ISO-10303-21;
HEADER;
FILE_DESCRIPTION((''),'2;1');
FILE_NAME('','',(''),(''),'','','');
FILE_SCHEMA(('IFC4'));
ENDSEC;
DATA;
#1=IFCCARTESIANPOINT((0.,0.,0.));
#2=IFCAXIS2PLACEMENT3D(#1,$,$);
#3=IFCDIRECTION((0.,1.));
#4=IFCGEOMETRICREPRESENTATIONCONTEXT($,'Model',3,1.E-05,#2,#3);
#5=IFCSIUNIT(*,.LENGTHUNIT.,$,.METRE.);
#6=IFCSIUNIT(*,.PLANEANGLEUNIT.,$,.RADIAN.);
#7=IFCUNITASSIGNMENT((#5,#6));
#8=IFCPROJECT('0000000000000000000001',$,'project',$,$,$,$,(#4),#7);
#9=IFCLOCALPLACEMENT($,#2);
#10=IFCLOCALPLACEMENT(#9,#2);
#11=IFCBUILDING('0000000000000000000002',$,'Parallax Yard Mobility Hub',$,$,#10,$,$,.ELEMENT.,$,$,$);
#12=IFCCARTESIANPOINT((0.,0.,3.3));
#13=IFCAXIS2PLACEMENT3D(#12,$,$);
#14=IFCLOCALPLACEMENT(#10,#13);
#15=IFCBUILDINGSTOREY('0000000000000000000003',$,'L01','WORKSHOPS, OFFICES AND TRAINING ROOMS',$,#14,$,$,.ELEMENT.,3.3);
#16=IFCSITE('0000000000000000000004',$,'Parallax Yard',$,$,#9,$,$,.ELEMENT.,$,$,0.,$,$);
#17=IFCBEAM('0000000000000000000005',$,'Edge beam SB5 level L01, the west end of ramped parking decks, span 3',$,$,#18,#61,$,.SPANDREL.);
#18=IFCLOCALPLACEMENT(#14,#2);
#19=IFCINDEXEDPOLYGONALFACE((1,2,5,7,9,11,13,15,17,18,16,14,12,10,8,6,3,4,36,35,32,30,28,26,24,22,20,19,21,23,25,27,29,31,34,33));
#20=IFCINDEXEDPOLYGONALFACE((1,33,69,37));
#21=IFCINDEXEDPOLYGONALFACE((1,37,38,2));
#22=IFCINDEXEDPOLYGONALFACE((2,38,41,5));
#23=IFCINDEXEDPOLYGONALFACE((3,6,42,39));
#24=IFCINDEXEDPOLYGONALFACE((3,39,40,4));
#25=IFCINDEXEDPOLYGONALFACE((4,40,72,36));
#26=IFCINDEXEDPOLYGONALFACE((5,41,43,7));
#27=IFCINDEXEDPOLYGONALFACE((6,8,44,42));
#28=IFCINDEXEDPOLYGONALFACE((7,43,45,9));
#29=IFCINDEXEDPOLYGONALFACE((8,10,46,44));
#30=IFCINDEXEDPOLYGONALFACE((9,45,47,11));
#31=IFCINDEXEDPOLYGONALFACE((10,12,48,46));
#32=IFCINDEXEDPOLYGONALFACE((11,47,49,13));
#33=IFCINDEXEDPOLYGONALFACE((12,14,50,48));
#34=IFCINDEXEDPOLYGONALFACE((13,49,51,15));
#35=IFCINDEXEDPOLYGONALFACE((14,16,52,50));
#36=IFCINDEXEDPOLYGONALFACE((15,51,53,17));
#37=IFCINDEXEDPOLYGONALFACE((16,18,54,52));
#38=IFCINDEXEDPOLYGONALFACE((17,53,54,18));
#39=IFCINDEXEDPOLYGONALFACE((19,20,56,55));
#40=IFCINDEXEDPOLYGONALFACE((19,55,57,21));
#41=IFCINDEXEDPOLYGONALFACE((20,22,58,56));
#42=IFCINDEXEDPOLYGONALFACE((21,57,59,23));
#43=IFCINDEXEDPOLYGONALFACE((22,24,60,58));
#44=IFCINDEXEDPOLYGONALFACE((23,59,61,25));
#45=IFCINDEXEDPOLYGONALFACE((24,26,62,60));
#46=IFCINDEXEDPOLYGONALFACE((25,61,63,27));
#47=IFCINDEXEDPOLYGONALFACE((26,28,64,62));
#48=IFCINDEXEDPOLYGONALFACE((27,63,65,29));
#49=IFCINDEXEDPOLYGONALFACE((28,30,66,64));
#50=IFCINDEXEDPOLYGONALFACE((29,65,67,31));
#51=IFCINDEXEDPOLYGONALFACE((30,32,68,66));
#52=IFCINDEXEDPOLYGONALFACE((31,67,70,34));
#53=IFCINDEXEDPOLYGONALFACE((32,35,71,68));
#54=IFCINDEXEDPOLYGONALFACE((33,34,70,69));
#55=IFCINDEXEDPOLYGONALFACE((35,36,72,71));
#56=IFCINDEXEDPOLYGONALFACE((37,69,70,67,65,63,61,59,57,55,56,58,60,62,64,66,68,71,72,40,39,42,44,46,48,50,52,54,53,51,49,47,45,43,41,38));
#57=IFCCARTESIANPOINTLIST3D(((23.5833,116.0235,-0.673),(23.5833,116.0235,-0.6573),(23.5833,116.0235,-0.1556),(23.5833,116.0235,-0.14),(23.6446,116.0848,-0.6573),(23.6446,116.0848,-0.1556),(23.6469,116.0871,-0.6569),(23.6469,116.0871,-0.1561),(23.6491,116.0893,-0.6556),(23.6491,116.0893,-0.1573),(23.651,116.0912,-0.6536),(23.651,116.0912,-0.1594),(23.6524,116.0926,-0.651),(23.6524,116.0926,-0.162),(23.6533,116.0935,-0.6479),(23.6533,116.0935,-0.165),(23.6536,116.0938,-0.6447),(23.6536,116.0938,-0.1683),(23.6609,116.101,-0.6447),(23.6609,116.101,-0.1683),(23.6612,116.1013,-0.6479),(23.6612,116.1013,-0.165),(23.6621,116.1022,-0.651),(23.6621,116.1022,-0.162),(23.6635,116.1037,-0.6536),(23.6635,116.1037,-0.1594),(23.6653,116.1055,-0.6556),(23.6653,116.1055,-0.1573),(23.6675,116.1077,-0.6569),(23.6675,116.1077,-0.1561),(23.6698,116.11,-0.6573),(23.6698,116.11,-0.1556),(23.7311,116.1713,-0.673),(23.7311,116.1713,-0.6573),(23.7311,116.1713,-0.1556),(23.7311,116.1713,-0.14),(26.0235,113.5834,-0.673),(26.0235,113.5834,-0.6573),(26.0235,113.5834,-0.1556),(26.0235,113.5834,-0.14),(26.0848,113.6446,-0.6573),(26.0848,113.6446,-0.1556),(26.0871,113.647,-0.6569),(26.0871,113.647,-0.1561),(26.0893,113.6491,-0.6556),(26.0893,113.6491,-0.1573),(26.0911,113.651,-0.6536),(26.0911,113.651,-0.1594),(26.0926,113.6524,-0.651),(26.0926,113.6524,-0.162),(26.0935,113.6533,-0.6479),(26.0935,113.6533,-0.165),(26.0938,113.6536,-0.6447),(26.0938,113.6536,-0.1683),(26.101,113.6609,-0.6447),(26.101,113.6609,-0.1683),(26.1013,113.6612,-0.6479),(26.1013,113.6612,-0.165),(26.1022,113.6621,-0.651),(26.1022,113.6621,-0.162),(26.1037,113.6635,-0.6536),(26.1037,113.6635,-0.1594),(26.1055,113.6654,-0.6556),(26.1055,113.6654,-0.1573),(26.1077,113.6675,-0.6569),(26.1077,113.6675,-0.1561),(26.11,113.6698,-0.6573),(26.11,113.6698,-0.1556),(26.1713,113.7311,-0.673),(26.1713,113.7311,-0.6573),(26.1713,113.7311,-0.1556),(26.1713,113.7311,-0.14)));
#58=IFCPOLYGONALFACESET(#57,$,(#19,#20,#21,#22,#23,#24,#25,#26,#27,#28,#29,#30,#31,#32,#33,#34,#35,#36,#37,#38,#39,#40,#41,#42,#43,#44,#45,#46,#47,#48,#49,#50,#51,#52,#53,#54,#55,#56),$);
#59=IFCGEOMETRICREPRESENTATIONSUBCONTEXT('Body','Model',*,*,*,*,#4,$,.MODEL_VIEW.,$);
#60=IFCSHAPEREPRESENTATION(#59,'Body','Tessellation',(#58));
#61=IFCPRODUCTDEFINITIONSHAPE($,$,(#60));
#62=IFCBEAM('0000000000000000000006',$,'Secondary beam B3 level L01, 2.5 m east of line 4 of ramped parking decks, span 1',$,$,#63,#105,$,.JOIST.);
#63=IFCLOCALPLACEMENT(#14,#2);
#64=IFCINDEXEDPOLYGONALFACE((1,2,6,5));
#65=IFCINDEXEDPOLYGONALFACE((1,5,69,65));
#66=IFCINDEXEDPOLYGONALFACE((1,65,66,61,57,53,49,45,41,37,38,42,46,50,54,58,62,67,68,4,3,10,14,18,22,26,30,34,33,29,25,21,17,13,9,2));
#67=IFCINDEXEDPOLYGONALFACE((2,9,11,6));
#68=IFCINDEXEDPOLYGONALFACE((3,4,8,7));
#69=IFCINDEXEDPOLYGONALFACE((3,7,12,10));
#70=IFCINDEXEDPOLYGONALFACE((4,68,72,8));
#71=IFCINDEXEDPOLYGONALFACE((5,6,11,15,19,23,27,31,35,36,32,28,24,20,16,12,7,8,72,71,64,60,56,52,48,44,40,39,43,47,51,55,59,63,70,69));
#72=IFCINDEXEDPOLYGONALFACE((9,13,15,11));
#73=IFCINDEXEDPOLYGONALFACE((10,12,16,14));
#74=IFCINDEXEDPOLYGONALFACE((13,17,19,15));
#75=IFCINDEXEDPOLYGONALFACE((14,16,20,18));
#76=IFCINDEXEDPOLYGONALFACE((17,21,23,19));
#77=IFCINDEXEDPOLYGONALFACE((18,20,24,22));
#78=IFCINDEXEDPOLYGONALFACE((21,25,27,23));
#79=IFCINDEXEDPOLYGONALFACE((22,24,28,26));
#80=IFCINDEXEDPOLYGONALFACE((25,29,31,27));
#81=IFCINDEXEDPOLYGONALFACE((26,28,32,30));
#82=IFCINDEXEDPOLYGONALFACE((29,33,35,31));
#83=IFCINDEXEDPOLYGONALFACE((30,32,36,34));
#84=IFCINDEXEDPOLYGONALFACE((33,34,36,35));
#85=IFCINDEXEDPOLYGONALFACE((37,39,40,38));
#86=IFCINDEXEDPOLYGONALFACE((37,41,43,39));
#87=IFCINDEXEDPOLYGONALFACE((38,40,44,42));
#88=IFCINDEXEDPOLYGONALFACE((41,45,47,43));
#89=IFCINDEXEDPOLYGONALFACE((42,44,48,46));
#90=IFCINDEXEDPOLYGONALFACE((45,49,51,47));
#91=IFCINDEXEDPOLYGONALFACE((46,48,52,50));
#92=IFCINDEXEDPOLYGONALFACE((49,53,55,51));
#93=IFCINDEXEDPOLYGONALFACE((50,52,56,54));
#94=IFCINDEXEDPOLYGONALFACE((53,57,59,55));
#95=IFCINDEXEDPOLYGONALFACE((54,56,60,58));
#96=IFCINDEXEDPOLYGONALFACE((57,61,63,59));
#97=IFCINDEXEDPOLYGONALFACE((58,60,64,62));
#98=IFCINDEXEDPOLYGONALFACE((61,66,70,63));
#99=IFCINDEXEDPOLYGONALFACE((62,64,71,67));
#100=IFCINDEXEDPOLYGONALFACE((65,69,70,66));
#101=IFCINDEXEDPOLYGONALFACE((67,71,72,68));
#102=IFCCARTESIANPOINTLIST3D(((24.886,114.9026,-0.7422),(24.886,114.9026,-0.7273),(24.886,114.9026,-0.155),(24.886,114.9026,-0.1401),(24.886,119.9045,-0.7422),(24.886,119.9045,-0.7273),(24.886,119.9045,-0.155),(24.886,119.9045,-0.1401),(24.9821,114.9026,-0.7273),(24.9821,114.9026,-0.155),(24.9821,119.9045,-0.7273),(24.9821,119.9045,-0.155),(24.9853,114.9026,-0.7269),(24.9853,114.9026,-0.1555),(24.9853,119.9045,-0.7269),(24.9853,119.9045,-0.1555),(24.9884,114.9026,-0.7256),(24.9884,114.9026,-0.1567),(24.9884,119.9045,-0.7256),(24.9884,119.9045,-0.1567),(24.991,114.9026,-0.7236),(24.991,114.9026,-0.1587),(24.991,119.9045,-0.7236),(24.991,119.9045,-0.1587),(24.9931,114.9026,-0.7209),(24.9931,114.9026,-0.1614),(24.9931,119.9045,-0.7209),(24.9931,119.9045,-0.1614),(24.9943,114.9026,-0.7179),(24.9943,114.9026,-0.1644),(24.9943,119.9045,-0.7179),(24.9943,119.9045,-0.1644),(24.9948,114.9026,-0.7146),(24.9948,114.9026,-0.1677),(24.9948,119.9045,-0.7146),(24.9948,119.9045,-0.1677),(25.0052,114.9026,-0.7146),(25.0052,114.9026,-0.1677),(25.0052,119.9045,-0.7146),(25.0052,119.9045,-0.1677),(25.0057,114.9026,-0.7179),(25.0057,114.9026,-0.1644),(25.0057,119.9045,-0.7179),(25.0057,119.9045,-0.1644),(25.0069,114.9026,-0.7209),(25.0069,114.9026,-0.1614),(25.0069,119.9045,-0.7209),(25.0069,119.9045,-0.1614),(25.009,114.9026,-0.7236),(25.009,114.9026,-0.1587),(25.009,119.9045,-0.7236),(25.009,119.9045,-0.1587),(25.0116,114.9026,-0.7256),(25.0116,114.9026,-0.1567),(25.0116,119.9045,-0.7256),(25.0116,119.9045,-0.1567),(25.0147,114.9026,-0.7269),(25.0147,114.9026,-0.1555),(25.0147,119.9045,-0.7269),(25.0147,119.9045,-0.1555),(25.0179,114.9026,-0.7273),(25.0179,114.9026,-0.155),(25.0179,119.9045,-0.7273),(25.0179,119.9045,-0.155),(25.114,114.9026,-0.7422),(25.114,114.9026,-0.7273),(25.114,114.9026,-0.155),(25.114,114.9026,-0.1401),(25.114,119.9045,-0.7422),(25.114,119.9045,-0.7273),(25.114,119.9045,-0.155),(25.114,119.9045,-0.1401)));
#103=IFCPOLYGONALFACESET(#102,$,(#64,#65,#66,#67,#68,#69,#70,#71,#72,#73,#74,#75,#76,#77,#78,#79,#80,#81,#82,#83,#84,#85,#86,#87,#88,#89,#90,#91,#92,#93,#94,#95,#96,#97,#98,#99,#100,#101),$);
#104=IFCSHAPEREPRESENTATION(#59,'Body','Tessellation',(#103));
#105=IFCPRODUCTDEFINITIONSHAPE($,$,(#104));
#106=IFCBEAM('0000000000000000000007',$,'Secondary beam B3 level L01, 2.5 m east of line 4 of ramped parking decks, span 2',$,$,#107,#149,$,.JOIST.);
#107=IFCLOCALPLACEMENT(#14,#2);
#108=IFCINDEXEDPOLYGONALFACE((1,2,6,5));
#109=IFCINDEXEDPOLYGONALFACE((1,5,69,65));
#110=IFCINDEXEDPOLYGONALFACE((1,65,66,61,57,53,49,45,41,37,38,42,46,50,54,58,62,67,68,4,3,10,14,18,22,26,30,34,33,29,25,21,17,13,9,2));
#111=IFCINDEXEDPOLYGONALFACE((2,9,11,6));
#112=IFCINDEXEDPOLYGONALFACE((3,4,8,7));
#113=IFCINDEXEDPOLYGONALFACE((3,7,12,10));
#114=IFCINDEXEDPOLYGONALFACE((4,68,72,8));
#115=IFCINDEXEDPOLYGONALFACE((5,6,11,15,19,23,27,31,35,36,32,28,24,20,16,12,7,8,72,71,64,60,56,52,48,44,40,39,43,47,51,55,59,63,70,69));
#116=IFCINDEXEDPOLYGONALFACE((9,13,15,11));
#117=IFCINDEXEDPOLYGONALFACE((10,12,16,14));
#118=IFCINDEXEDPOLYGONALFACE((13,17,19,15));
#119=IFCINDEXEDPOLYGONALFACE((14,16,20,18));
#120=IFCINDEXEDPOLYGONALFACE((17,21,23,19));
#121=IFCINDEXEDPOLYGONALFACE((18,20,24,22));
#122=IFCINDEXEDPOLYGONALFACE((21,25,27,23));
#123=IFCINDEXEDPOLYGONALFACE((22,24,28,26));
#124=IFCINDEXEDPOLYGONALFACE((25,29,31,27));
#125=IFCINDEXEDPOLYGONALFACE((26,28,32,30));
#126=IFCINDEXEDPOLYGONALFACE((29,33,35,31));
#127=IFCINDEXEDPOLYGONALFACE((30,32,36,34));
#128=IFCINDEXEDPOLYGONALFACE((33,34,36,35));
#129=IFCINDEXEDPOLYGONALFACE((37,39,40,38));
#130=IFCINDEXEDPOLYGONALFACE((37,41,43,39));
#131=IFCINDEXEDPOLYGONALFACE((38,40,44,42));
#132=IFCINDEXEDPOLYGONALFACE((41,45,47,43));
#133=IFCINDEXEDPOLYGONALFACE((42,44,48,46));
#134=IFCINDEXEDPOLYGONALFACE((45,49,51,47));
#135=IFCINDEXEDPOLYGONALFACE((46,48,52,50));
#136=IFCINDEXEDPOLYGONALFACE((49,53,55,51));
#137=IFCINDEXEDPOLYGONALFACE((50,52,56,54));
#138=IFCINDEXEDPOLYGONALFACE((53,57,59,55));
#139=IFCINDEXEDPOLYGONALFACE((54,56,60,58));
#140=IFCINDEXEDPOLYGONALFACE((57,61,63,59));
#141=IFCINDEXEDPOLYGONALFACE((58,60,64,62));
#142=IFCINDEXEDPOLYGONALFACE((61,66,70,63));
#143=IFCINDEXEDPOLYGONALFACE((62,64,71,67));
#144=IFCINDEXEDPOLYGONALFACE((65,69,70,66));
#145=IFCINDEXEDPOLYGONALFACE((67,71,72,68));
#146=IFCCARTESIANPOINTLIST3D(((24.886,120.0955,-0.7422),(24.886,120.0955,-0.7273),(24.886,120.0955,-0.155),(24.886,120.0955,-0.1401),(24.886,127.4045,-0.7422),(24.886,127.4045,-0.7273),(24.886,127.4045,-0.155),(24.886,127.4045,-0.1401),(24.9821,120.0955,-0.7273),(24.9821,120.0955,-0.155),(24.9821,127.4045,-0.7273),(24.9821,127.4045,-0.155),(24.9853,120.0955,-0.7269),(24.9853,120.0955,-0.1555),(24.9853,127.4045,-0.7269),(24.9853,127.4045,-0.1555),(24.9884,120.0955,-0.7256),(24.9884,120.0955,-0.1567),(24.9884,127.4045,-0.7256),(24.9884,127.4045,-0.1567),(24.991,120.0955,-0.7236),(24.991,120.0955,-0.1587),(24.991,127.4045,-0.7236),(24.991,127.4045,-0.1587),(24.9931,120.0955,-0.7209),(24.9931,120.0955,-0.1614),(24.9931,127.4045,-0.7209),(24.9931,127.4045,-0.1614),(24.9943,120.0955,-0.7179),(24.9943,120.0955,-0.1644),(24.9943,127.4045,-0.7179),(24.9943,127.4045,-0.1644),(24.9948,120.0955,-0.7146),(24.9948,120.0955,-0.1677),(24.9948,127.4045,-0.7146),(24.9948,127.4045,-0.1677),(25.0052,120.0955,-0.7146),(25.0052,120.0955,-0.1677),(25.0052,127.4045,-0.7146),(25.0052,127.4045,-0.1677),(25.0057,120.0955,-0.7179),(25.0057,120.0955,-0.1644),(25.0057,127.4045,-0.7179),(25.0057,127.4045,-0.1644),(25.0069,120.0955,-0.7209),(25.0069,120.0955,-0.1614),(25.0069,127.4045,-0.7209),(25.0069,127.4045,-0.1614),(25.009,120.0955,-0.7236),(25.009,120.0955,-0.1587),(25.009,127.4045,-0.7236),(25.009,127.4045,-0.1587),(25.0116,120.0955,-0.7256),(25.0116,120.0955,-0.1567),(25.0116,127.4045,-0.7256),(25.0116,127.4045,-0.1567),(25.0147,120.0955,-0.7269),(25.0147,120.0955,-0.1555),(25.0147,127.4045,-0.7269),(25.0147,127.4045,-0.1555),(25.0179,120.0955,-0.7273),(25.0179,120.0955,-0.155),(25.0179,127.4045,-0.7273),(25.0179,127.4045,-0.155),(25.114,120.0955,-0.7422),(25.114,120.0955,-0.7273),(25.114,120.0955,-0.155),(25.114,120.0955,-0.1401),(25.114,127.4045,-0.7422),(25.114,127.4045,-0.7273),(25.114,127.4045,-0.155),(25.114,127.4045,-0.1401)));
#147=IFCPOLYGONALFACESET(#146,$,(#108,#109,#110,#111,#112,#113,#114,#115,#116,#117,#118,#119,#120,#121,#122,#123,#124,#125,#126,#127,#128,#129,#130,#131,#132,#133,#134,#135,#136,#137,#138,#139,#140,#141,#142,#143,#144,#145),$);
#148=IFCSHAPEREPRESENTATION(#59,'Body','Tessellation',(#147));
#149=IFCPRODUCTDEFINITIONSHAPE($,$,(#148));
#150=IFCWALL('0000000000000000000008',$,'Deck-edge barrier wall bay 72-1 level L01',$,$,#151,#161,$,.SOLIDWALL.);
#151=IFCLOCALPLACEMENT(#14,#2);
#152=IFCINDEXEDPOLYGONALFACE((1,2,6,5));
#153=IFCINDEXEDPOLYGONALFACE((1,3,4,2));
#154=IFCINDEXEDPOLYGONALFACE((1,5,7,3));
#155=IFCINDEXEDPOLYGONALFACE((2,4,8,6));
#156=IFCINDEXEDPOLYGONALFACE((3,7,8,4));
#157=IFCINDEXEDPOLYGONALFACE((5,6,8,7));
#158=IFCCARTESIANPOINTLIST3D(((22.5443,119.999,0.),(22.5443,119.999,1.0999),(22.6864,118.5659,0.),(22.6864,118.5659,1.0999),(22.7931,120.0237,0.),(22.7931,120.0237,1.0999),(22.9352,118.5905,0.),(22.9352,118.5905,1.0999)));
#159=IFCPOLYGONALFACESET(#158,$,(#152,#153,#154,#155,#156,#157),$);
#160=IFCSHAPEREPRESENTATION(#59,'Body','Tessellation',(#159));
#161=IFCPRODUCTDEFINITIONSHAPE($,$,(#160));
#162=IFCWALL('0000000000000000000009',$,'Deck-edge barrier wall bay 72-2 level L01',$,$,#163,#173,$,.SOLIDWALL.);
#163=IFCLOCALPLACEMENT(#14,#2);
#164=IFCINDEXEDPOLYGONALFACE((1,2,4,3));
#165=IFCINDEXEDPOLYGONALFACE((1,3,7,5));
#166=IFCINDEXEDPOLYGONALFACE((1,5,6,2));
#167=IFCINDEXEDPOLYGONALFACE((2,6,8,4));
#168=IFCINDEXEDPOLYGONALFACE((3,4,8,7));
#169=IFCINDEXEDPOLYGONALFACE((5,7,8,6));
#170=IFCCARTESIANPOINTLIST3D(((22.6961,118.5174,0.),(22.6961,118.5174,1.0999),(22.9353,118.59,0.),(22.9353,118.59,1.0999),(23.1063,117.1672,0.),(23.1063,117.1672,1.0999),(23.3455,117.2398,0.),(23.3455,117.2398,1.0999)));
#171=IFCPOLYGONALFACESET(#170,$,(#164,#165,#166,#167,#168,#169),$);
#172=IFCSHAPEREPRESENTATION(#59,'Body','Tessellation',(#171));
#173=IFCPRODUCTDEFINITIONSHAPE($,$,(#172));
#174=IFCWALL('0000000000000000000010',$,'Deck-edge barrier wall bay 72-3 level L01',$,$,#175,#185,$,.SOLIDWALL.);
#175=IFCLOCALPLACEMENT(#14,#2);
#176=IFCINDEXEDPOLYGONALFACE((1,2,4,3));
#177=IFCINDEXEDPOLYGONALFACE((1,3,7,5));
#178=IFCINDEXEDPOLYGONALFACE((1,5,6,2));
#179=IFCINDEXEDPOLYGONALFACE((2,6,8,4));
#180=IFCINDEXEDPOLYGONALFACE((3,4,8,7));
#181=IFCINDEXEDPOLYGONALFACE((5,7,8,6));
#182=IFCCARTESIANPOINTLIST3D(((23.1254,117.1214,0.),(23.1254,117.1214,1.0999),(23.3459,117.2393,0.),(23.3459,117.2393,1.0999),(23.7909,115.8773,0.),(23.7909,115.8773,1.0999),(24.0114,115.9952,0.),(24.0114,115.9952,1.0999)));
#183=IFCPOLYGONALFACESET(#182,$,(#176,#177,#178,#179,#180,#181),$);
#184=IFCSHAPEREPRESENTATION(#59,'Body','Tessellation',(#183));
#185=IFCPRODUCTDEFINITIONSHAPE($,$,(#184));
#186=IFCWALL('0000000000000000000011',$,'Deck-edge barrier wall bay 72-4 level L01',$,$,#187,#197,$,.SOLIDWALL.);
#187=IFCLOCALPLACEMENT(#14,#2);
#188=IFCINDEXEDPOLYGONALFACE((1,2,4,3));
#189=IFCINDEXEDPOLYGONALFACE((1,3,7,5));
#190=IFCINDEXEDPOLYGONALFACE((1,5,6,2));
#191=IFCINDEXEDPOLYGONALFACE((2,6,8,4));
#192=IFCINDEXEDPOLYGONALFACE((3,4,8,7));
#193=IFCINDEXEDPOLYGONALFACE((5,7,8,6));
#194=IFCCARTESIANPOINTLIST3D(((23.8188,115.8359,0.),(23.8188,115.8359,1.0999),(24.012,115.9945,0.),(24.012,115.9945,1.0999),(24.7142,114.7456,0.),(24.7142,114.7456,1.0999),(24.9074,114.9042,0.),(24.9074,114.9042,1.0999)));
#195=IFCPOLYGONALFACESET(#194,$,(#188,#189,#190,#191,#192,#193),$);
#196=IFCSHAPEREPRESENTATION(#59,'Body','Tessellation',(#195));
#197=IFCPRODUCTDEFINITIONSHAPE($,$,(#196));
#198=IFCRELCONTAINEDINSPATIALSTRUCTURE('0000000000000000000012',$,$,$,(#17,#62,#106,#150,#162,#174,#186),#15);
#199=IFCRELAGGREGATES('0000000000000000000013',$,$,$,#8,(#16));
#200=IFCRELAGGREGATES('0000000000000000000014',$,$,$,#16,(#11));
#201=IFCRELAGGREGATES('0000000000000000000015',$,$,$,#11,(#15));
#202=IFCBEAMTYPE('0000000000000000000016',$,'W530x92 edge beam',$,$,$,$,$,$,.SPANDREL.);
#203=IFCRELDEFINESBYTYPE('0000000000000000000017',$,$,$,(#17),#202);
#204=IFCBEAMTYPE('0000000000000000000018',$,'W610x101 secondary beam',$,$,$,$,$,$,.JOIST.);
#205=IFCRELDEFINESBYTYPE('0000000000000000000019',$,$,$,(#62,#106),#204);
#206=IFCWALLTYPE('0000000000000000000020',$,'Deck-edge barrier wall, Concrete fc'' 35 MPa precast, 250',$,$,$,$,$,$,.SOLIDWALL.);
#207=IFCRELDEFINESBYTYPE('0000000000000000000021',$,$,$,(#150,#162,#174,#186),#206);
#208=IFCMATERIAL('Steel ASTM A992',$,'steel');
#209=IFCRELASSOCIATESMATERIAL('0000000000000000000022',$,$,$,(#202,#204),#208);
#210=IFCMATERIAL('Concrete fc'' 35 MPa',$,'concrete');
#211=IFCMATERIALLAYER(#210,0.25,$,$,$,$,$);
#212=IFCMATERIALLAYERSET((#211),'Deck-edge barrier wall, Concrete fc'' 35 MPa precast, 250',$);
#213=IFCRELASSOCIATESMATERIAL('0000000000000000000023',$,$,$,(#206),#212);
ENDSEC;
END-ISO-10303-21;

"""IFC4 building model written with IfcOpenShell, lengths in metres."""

from ifc_helpers import new_model, si_unit, direction, frame, frame_2d, origin, origin_2d, place, context, subcontext, project, spatial, rectangle, i_section, extrude, material, layer, layer_set, material_profile, profile_set, type_object, element, save


model = new_model("IFC4")

# Units and contexts
model_context = context("Model", 3, precision=1e-05, world=origin(), true_north=direction((0.0, 1.0)))
body_context = subcontext(model_context, "Body", "Model", "MODEL_VIEW")
ifc_project = project(units=[si_unit("LENGTHUNIT", "METRE"), si_unit("PLANEANGLEUNIT", "RADIAN")], contexts=[model_context])

# Site, building, storey
site_placement = place(None, origin())
site = spatial("IfcSite", under=ifc_project, at=site_placement, Name="Parallax Yard", CompositionType="ELEMENT", RefElevation=0.0)
building_placement = place(site_placement, origin())
building = spatial("IfcBuilding", under=site, at=building_placement, Name="Parallax Yard Mobility Hub", CompositionType="ELEMENT")
storey_placement = place(building_placement, frame((0.0, 0.0, 3.3)))
storey = spatial("IfcBuildingStorey", under=building, at=storey_placement, Name="L01", Description="WORKSHOPS, OFFICES AND TRAINING ROOMS", CompositionType="ELEMENT", Elevation=3.3)

# Shared definitions
ifc_material_1 = material(Name="Steel ASTM A992", Category="steel")

# Beams
ifc_material_profile_1 = material_profile(ifc_material_1, i_section(OverallWidth=0.209, OverallDepth=0.533, WebThickness=0.0103, FlangeThickness=0.0156, FilletRadius=0.0127, at=origin_2d()), Name="W530x92")
ifc_profile_set_1 = profile_set([ifc_material_profile_1], Name="Steel ASTM A992")
beam_type_1 = type_object("IfcBeamType", Name="W530x92 edge beam", PredefinedType="SPANDREL", material=ifc_profile_set_1)
beam_1_placement = place(storey_placement, frame((23.6572, 116.0974, -0.4065), z_axis=(0.707107, -0.707107, 0.0), x_axis=(0.707107, 0.707107, 0.0)))
element("IfcBeam", 1, at=beam_1_placement, inside=storey, type_object=beam_type_1, Name="Edge beam SB5 level L01, the west end of ramped parking decks, span 3", PredefinedType="SPANDREL", context=body_context, shape_type="SweptSolid", body=[
    extrude(i_section(OverallWidth=0.209, OverallDepth=0.533, WebThickness=0.0103, FlangeThickness=0.0156, FilletRadius=0.0127, at=origin_2d()), origin(), (0.0, 0.0, 1.0), 3.4509),
])
ifc_material_profile_2 = material_profile(ifc_material_1, i_section(OverallWidth=0.228, OverallDepth=0.6021, WebThickness=0.0105, FlangeThickness=0.0149, FilletRadius=0.0127, at=origin_2d()), Name="W610x101")
ifc_profile_set_2 = profile_set([ifc_material_profile_2], Name="Steel ASTM A992")
beam_type_2 = type_object("IfcBeamType", Name="W610x101 secondary beam", PredefinedType="JOIST", material=ifc_profile_set_2)
beam_2_placement = place(storey_placement, frame((25.0, 114.9026, -0.4412), z_axis=(0.0, 1.0, 0.0), x_axis=(-1.0, 0.0, 0.0)))
element("IfcBeam", 2, at=beam_2_placement, inside=storey, type_object=beam_type_2, Name="Secondary beam B3 level L01, 2.5 m east of line 4 of ramped parking decks, span 1", PredefinedType="JOIST", context=body_context, shape_type="SweptSolid", body=[
    extrude(i_section(OverallWidth=0.228, OverallDepth=0.6021, WebThickness=0.0105, FlangeThickness=0.0149, FilletRadius=0.0127, at=origin_2d()), origin(), (0.0, 0.0, 1.0), 5.002),
])
beam_3_placement = place(storey_placement, frame((25.0, 120.0955, -0.4412), z_axis=(0.0, 1.0, 0.0), x_axis=(-1.0, 0.0, 0.0)))
element("IfcBeam", 3, at=beam_3_placement, inside=storey, type_object=beam_type_2, Name="Secondary beam B3 level L01, 2.5 m east of line 4 of ramped parking decks, span 2", PredefinedType="JOIST", context=body_context, shape_type="SweptSolid", body=[
    extrude(i_section(OverallWidth=0.228, OverallDepth=0.6021, WebThickness=0.0105, FlangeThickness=0.0149, FilletRadius=0.0127, at=origin_2d()), origin(), (0.0, 0.0, 1.0), 7.3091),
])

# Walls
ifc_material_2 = material(Name="Concrete fc' 35 MPa", Category="concrete")
ifc_layer_1 = layer(ifc_material_2, 0.25)
ifc_layer_set_1 = layer_set([ifc_layer_1], Name="Deck-edge barrier wall, Concrete fc' 35 MPa precast, 250")
wall_type = type_object("IfcWallType", Name="Deck-edge barrier wall, Concrete fc' 35 MPa precast, 250", PredefinedType="SOLIDWALL", material=ifc_layer_set_1)
wall_1_placement = place(storey_placement, frame((22.6687, 120.0115, 0.0), z_axis=(0.0, 0.0, 1.0), x_axis=(0.098664, -0.995121, 0.0)))
element("IfcWall", 4, at=wall_1_placement, inside=storey, type_object=wall_type, Name="Deck-edge barrier wall bay 72-1 level L01", PredefinedType="SOLIDWALL", context=body_context, shape_type="SweptSolid", body=[
    extrude(rectangle(XDim=1.4402, YDim=0.25, at=frame_2d((0.7202, 0.0))), origin(), (0.0, 0.0, 1.0), 1.0999),
])
wall_2_placement = place(storey_placement, frame((22.8157, 118.5537, 0.0), z_axis=(0.0, 0.0, 1.0), x_axis=(0.29068, -0.95682, 0.0)))
element("IfcWall", 5, at=wall_2_placement, inside=storey, type_object=wall_type, Name="Deck-edge barrier wall bay 72-2 level L01", PredefinedType="SOLIDWALL", context=body_context, shape_type="SweptSolid", body=[
    extrude(rectangle(XDim=1.4111, YDim=0.25, at=frame_2d((0.7056, 0.0))), origin(), (0.0, 0.0, 1.0), 1.0999),
])
for number, where, z_axis, x_axis, name in (
    (6, (23.2356, 117.1804, 0.0), (0.0, 0.0, 1.0), (0.471684, -0.881768, 0.0), "Deck-edge barrier wall bay 72-3 level L01"),
    (7, (23.9153, 115.9153, 0.0), (0.0, 0.0, 1.0), (0.634688, -0.772769, 0.0), "Deck-edge barrier wall bay 72-4 level L01"),
):
    element("IfcWall", number, at=place(storey_placement, frame(where, z_axis=z_axis, x_axis=x_axis)), inside=storey, type_object=wall_type, Name=name, PredefinedType="SOLIDWALL", context=body_context, shape_type="SweptSolid", body=[
        extrude(rectangle(XDim=1.4109, YDim=0.25, at=frame_2d((0.7056, 0.0))), origin(), (0.0, 0.0, 1.0), 1.0999),
    ])

save(model, "model.ifc")
